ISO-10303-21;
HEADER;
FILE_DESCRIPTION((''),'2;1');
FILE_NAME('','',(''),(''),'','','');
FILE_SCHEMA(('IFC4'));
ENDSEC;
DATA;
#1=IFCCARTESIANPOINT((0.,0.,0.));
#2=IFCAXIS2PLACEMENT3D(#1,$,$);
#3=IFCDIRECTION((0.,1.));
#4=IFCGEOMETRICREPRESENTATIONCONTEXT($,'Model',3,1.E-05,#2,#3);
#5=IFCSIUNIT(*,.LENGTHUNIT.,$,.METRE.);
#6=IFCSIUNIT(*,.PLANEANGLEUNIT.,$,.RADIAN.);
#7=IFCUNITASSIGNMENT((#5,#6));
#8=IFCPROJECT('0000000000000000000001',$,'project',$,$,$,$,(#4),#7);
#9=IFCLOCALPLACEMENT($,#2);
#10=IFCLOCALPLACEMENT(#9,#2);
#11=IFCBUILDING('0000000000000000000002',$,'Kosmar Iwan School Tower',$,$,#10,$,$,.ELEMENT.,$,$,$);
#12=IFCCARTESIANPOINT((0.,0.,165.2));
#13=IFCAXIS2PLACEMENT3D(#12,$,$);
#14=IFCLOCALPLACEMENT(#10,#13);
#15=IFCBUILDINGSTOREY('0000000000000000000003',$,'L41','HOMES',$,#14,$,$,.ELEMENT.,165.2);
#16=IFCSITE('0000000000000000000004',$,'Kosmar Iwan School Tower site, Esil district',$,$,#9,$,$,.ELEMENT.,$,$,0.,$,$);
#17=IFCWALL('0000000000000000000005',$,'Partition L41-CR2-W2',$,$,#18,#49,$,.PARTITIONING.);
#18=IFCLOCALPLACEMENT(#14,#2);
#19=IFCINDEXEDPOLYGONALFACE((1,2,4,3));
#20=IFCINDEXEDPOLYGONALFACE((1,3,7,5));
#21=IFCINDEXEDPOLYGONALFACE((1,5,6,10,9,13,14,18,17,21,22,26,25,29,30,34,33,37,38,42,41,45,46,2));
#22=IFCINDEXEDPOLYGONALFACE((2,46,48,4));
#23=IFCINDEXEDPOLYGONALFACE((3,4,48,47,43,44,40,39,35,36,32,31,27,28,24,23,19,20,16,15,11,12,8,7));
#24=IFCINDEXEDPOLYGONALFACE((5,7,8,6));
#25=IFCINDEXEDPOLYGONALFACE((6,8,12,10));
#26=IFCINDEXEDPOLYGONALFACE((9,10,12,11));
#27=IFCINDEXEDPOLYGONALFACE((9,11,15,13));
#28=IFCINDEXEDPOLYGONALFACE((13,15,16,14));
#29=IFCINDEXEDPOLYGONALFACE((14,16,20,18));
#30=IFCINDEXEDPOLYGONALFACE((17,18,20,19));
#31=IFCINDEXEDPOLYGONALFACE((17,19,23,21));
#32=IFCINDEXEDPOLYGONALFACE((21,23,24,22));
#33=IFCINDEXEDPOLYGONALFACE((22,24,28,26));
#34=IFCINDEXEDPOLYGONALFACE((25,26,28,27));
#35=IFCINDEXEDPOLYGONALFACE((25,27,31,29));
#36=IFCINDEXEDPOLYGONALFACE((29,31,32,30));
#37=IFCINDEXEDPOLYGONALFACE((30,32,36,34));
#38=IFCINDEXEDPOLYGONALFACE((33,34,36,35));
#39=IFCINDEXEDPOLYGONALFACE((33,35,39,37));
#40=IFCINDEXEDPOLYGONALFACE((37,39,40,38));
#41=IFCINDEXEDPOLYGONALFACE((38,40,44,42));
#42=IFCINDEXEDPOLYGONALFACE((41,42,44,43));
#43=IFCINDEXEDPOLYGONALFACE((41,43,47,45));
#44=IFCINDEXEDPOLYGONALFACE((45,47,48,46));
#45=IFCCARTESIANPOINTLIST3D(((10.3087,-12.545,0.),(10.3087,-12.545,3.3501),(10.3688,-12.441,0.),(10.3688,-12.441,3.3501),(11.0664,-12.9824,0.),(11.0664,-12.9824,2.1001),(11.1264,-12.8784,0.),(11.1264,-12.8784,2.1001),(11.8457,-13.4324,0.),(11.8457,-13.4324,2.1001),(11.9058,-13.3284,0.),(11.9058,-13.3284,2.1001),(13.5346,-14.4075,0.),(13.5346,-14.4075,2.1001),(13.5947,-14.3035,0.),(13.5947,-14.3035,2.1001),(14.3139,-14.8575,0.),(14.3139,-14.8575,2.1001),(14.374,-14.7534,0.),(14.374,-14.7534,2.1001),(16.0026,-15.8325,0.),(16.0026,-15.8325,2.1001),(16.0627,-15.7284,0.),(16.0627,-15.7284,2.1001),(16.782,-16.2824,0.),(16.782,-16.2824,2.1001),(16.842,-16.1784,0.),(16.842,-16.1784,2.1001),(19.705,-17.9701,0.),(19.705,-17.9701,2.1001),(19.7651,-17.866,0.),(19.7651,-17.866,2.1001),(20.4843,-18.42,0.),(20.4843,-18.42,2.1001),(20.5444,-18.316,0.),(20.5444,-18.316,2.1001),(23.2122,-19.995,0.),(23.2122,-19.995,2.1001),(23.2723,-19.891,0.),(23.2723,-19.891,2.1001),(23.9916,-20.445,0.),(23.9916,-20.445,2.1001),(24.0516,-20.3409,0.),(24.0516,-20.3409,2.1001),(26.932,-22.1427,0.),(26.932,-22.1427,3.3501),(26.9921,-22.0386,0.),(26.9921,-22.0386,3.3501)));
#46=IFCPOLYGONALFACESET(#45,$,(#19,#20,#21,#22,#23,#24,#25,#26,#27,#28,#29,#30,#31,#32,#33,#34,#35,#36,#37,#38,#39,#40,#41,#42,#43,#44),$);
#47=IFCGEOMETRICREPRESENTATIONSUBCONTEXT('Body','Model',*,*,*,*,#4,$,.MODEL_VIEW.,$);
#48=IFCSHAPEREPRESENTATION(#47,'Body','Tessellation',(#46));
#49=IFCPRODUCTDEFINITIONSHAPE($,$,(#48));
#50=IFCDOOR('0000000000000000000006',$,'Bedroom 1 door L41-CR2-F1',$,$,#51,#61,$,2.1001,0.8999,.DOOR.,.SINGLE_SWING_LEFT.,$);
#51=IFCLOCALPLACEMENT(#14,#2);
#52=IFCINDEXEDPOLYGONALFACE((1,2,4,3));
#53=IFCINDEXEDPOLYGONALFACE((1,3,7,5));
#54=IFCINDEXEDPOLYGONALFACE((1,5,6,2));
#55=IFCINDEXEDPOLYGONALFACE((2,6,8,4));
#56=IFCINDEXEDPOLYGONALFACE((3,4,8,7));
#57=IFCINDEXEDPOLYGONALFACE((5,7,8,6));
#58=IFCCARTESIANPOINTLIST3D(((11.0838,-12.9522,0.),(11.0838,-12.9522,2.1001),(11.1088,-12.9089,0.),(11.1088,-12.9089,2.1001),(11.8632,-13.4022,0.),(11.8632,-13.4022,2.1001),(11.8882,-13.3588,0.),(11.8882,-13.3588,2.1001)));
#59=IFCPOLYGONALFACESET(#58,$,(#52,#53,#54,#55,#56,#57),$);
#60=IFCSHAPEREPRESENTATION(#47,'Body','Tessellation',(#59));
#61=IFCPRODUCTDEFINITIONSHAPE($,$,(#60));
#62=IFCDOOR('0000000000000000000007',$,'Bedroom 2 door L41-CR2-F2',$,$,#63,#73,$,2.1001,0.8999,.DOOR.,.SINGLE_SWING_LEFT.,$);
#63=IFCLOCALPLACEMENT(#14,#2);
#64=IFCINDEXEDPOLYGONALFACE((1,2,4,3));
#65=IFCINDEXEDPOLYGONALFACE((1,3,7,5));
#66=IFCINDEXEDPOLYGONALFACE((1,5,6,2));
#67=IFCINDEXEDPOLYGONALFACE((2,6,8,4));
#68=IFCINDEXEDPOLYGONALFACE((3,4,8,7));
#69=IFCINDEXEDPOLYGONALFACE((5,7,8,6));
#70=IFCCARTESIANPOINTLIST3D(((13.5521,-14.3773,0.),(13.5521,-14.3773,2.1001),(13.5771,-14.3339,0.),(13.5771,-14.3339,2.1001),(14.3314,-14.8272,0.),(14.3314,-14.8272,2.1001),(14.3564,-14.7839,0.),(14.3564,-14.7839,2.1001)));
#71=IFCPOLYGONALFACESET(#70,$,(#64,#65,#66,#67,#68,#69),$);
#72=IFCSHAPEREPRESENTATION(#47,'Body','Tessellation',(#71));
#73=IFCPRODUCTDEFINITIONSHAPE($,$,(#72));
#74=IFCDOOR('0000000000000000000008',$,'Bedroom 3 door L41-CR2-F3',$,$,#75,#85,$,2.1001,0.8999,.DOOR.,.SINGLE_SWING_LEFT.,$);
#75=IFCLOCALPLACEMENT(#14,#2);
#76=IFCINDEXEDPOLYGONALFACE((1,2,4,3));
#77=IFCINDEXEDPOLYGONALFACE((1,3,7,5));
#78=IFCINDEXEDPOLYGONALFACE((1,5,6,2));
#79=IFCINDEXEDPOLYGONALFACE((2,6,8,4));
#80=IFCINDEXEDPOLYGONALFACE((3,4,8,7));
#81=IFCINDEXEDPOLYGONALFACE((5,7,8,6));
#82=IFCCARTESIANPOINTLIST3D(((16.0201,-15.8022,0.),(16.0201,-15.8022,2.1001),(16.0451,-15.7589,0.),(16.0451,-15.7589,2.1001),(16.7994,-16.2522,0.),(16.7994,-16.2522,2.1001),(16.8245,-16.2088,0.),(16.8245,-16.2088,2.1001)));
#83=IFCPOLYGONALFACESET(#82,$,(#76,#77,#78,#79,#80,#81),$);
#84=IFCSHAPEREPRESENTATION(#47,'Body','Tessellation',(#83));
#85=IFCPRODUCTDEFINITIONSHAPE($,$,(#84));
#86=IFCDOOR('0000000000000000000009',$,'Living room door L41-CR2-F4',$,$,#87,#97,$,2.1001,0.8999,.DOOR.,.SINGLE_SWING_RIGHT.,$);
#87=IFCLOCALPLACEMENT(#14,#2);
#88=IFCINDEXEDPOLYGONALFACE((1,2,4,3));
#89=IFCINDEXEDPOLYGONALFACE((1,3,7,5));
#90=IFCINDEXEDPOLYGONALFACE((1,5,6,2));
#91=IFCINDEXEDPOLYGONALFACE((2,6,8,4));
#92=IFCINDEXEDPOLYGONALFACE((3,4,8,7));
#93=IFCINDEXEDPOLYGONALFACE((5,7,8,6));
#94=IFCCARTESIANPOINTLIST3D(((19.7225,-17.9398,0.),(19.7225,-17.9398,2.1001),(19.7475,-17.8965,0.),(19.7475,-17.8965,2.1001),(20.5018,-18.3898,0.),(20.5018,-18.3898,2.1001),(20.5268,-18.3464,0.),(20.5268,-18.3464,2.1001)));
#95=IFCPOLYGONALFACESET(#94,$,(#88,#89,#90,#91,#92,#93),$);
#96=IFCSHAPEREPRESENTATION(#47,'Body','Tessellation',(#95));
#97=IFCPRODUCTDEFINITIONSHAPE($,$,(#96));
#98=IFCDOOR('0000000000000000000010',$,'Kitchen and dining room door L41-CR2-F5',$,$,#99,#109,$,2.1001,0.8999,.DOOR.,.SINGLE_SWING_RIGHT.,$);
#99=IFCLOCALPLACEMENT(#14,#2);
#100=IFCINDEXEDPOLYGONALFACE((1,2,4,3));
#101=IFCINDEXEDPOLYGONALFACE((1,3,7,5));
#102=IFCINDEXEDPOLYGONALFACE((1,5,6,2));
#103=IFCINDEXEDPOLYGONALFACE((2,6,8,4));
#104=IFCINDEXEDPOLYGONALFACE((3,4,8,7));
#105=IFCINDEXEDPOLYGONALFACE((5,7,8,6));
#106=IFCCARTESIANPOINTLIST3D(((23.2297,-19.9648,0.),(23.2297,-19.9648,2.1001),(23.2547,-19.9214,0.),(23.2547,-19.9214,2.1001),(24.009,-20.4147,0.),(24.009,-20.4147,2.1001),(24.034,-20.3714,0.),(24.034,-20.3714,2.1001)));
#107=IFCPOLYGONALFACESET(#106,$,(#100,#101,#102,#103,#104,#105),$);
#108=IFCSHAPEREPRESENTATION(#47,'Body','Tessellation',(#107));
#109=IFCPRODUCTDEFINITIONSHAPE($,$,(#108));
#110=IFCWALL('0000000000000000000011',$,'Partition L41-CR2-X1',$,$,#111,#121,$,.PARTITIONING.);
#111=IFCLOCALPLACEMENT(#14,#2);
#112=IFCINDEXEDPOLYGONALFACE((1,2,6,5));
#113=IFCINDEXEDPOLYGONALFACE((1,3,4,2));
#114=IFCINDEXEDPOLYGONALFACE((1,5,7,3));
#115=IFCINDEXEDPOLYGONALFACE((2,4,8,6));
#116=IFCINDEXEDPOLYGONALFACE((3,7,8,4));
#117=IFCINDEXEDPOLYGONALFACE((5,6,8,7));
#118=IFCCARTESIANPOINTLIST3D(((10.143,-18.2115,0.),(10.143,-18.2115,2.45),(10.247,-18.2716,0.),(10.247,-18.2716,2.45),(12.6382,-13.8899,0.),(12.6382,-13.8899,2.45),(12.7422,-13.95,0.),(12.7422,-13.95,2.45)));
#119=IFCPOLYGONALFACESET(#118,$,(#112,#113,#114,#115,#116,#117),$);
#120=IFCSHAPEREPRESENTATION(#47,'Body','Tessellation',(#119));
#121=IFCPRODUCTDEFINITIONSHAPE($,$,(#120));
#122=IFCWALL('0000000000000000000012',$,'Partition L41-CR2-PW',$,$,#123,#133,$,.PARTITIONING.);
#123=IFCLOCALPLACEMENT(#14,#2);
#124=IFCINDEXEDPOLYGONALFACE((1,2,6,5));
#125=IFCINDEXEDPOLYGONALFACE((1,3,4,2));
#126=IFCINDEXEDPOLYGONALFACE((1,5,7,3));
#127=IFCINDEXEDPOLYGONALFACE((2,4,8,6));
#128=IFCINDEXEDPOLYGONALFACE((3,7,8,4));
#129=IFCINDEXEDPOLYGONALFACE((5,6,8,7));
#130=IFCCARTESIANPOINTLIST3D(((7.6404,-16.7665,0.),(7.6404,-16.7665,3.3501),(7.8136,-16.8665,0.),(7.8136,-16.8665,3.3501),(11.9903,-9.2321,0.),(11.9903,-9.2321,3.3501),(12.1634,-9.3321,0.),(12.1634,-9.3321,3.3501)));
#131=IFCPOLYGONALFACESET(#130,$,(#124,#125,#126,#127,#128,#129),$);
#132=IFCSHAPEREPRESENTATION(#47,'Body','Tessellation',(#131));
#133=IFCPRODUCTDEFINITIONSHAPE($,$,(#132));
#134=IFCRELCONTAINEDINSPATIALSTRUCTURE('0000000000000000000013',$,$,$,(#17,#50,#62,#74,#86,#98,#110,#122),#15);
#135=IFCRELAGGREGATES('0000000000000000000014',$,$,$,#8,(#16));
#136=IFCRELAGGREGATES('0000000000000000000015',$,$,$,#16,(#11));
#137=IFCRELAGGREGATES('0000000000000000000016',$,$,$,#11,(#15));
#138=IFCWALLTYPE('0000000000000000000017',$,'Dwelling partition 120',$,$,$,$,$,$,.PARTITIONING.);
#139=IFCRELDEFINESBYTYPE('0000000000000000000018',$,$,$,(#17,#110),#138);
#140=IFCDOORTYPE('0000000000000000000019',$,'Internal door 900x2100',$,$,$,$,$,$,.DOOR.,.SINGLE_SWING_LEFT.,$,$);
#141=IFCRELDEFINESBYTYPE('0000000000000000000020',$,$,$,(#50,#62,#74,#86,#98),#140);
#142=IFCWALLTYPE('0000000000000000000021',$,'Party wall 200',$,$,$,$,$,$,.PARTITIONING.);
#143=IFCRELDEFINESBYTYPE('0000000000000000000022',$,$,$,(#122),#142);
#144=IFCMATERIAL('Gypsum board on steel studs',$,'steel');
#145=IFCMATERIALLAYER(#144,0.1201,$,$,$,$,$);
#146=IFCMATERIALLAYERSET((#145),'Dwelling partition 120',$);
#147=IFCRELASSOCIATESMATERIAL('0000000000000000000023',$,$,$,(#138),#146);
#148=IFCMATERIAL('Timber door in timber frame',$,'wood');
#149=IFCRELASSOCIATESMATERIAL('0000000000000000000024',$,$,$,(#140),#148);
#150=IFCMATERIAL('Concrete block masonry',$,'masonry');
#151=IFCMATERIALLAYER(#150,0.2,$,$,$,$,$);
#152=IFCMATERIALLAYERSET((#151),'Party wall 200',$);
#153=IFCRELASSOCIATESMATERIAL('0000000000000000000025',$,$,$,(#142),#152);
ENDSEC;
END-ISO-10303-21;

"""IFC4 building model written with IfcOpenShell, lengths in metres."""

from ifc_helpers import new_model, si_unit, direction, frame, frame_2d, origin, place, context, subcontext, project, spatial, rectangle, extrude, material, layer, layer_set, type_object, element, fill, save


model = new_model("IFC4")

# Units and contexts
model_context = context("Model", 3, precision=1e-05, world=origin(), true_north=direction((0.0, 1.0)))
body_context = subcontext(model_context, "Body", "Model", "MODEL_VIEW")
ifc_project = project(units=[si_unit("LENGTHUNIT", "METRE"), si_unit("PLANEANGLEUNIT", "RADIAN")], contexts=[model_context])

# Site, building, storey
site_placement = place(None, origin())
site = spatial("IfcSite", under=ifc_project, at=site_placement, Name="Kosmar Iwan School Tower site, Esil district", CompositionType="ELEMENT", RefElevation=0.0)
building_placement = place(site_placement, origin())
building = spatial("IfcBuilding", under=site, at=building_placement, Name="Kosmar Iwan School Tower", CompositionType="ELEMENT")
storey_placement = place(building_placement, frame((0.0, 0.0, 165.2)))
storey = spatial("IfcBuildingStorey", under=building, at=storey_placement, Name="L41", Description="HOMES", CompositionType="ELEMENT", Elevation=165.2)

# Shared definitions
ifc_material_1 = material(Name="Gypsum board on steel studs", Category="steel")
ifc_layer_1 = layer(ifc_material_1, 0.1201)
ifc_layer_set_1 = layer_set([ifc_layer_1], Name="Dwelling partition 120")
wall_type_1 = type_object("IfcWallType", Name="Dwelling partition 120", PredefinedType="PARTITIONING", material=ifc_layer_set_1)

# Wall, openings, doors
ifc_material_2 = material(Name="Timber door in timber frame", Category="wood")
door_type_1 = type_object("IfcDoorType", Name="Internal door 900x2100", OperationType="SINGLE_SWING_LEFT", PredefinedType="DOOR", material=ifc_material_2)
wall_1_placement = place(storey_placement, frame((10.3386, -12.4929, 0.0), z_axis=(0.0, 0.0, 1.0), x_axis=(0.866021, -0.500008, 0.0)))
wall_1 = element("IfcWall", 1, at=wall_1_placement, inside=storey, type_object=wall_type_1, Name="Partition L41-CR2-W2", PredefinedType="PARTITIONING", context=body_context, shape_type="SweptSolid", body=[
    extrude(rectangle(XDim=19.1951, YDim=0.1201, at=frame_2d((9.5977, 0.0))), origin(), (0.0, 0.0, 1.0), 3.3501),
])
opening_1_placement = place(wall_1_placement, frame((0.875, 0.0, 0.0)))
opening_1 = element("IfcOpeningElement", 2, at=opening_1_placement, cuts=wall_1, PredefinedType="OPENING", context=body_context, shape_type="SweptSolid", body=[
    extrude(rectangle(XDim=0.8999, YDim=2.1001, at=frame_2d((0.45, 1.05))), frame((0.0, 0.072, 0.0), z_axis=(0.0, -1.0, 0.0), x_axis=(1.0, 0.0, 0.0)), (0.0, 0.0, 1.0), 0.144),
])
opening_2_placement = place(wall_1_placement, frame((3.7251, 0.0, 0.0)))
opening_2 = element("IfcOpeningElement", 3, at=opening_2_placement, cuts=wall_1, PredefinedType="OPENING", context=body_context, shape_type="SweptSolid", body=[
    extrude(rectangle(XDim=0.8999, YDim=2.1001, at=frame_2d((0.45, 1.05))), frame((0.0, 0.072, 0.0), z_axis=(0.0, -1.0, 0.0), x_axis=(1.0, 0.0, 0.0)), (0.0, 0.0, 1.0), 0.144),
])
opening_3_placement = place(wall_1_placement, frame((6.575, 0.0, 0.0)))
opening_3 = element("IfcOpeningElement", 4, at=opening_3_placement, cuts=wall_1, PredefinedType="OPENING", context=body_context, shape_type="SweptSolid", body=[
    extrude(rectangle(XDim=0.8999, YDim=2.1001, at=frame_2d((0.45, 1.05))), frame((0.0, 0.072, 0.0), z_axis=(0.0, -1.0, 0.0), x_axis=(1.0, 0.0, 0.0)), (0.0, 0.0, 1.0), 0.144),
])
opening_4_placement = place(wall_1_placement, frame((10.8501, 0.0, 0.0)))
opening_4 = element("IfcOpeningElement", 5, at=opening_4_placement, cuts=wall_1, PredefinedType="OPENING", context=body_context, shape_type="SweptSolid", body=[
    extrude(rectangle(XDim=0.8999, YDim=2.1001, at=frame_2d((0.45, 1.05))), frame((0.0, 0.072, 0.0), z_axis=(0.0, -1.0, 0.0), x_axis=(1.0, 0.0, 0.0)), (0.0, 0.0, 1.0), 0.144),
])
opening_5_placement = place(wall_1_placement, frame((14.8999, 0.0, 0.0)))
opening_5 = element("IfcOpeningElement", 6, at=opening_5_placement, cuts=wall_1, PredefinedType="OPENING", context=body_context, shape_type="SweptSolid", body=[
    extrude(rectangle(XDim=0.8999, YDim=2.1001, at=frame_2d((0.45, 1.05))), frame((0.0, 0.072, 0.0), z_axis=(0.0, -1.0, 0.0), x_axis=(1.0, 0.0, 0.0)), (0.0, 0.0, 1.0), 0.144),
])
door_1_placement = place(opening_1_placement, origin())
door_1 = element("IfcDoor", 7, at=door_1_placement, inside=storey, type_object=door_type_1, Name="Bedroom 1 door L41-CR2-F1", OperationType="SINGLE_SWING_LEFT", OverallHeight=2.1001, OverallWidth=0.8999, PredefinedType="DOOR", context=body_context, shape_type="SweptSolid", body=[
    extrude(rectangle(XDim=0.8999, YDim=2.1001, at=frame_2d((0.45, 1.05))), frame((0.0, 0.0249, 0.0), z_axis=(0.0, -1.0, 0.0), x_axis=(1.0, 0.0, 0.0)), (0.0, 0.0, 1.0), 0.05),
])
fill(opening_1, door_1)
door_2_placement = place(opening_2_placement, origin())
door_2 = element("IfcDoor", 8, at=door_2_placement, inside=storey, type_object=door_type_1, Name="Bedroom 2 door L41-CR2-F2", OperationType="SINGLE_SWING_LEFT", OverallHeight=2.1001, OverallWidth=0.8999, PredefinedType="DOOR", context=body_context, shape_type="SweptSolid", body=[
    extrude(rectangle(XDim=0.8999, YDim=2.1001, at=frame_2d((0.45, 1.05))), frame((0.0, 0.0249, 0.0), z_axis=(0.0, -1.0, 0.0), x_axis=(1.0, 0.0, 0.0)), (0.0, 0.0, 1.0), 0.05),
])
fill(opening_2, door_2)
door_3_placement = place(opening_3_placement, origin())
door_3 = element("IfcDoor", 9, at=door_3_placement, inside=storey, type_object=door_type_1, Name="Bedroom 3 door L41-CR2-F3", OperationType="SINGLE_SWING_LEFT", OverallHeight=2.1001, OverallWidth=0.8999, PredefinedType="DOOR", context=body_context, shape_type="SweptSolid", body=[
    extrude(rectangle(XDim=0.8999, YDim=2.1001, at=frame_2d((0.45, 1.05))), frame((0.0, 0.0249, 0.0), z_axis=(0.0, -1.0, 0.0), x_axis=(1.0, 0.0, 0.0)), (0.0, 0.0, 1.0), 0.05),
])
fill(opening_3, door_3)
door_4_placement = place(opening_4_placement, origin())
door_4 = element("IfcDoor", 10, at=door_4_placement, inside=storey, type_object=door_type_1, Name="Living room door L41-CR2-F4", OperationType="SINGLE_SWING_RIGHT", OverallHeight=2.1001, OverallWidth=0.8999, PredefinedType="DOOR", context=body_context, shape_type="SweptSolid", body=[
    extrude(rectangle(XDim=0.8999, YDim=2.1001, at=frame_2d((0.45, 1.05))), frame((0.0, 0.0249, 0.0), z_axis=(0.0, -1.0, 0.0), x_axis=(1.0, 0.0, 0.0)), (0.0, 0.0, 1.0), 0.05),
])
fill(opening_4, door_4)
door_5_placement = place(opening_5_placement, origin())
door_5 = element("IfcDoor", 11, at=door_5_placement, inside=storey, type_object=door_type_1, Name="Kitchen and dining room door L41-CR2-F5", OperationType="SINGLE_SWING_RIGHT", OverallHeight=2.1001, OverallWidth=0.8999, PredefinedType="DOOR", context=body_context, shape_type="SweptSolid", body=[
    extrude(rectangle(XDim=0.8999, YDim=2.1001, at=frame_2d((0.45, 1.05))), frame((0.0, 0.0249, 0.0), z_axis=(0.0, -1.0, 0.0), x_axis=(1.0, 0.0, 0.0)), (0.0, 0.0, 1.0), 0.05),
])
fill(opening_5, door_5)

# Walls
wall_2_placement = place(storey_placement, frame((12.6902, -13.9199, 0.0), z_axis=(0.0, 0.0, 1.0), x_axis=(-0.500012, -0.866019, 0.0)))
element("IfcWall", 12, at=wall_2_placement, inside=storey, type_object=wall_type_1, Name="Partition L41-CR2-X1", PredefinedType="PARTITIONING", context=body_context, shape_type="SweptSolid", body=[
    extrude(rectangle(XDim=4.9902, YDim=0.1201, at=frame_2d((2.4951, 0.0))), origin(), (0.0, 0.0, 1.0), 2.45),
])
ifc_material_3 = material(Name="Concrete block masonry", Category="masonry")
ifc_layer_2 = layer(ifc_material_3, 0.2)
ifc_layer_set_2 = layer_set([ifc_layer_2], Name="Party wall 200")
wall_type_2 = type_object("IfcWallType", Name="Party wall 200", PredefinedType="PARTITIONING", material=ifc_layer_set_2)
wall_3_placement = place(storey_placement, frame((12.0769, -9.282, 0.0), z_axis=(0.0, 0.0, 1.0), x_axis=(-0.499987, -0.866033, 0.0)))
element("IfcWall", 13, at=wall_3_placement, inside=storey, type_object=wall_type_2, Name="Partition L41-CR2-PW", PredefinedType="PARTITIONING", context=body_context, shape_type="SweptSolid", body=[
    extrude(rectangle(XDim=8.7, YDim=0.2, at=frame_2d((4.3501, 0.0))), origin(), (0.0, 0.0, 1.0), 3.3501),
])

save(model, "model.ifc")
